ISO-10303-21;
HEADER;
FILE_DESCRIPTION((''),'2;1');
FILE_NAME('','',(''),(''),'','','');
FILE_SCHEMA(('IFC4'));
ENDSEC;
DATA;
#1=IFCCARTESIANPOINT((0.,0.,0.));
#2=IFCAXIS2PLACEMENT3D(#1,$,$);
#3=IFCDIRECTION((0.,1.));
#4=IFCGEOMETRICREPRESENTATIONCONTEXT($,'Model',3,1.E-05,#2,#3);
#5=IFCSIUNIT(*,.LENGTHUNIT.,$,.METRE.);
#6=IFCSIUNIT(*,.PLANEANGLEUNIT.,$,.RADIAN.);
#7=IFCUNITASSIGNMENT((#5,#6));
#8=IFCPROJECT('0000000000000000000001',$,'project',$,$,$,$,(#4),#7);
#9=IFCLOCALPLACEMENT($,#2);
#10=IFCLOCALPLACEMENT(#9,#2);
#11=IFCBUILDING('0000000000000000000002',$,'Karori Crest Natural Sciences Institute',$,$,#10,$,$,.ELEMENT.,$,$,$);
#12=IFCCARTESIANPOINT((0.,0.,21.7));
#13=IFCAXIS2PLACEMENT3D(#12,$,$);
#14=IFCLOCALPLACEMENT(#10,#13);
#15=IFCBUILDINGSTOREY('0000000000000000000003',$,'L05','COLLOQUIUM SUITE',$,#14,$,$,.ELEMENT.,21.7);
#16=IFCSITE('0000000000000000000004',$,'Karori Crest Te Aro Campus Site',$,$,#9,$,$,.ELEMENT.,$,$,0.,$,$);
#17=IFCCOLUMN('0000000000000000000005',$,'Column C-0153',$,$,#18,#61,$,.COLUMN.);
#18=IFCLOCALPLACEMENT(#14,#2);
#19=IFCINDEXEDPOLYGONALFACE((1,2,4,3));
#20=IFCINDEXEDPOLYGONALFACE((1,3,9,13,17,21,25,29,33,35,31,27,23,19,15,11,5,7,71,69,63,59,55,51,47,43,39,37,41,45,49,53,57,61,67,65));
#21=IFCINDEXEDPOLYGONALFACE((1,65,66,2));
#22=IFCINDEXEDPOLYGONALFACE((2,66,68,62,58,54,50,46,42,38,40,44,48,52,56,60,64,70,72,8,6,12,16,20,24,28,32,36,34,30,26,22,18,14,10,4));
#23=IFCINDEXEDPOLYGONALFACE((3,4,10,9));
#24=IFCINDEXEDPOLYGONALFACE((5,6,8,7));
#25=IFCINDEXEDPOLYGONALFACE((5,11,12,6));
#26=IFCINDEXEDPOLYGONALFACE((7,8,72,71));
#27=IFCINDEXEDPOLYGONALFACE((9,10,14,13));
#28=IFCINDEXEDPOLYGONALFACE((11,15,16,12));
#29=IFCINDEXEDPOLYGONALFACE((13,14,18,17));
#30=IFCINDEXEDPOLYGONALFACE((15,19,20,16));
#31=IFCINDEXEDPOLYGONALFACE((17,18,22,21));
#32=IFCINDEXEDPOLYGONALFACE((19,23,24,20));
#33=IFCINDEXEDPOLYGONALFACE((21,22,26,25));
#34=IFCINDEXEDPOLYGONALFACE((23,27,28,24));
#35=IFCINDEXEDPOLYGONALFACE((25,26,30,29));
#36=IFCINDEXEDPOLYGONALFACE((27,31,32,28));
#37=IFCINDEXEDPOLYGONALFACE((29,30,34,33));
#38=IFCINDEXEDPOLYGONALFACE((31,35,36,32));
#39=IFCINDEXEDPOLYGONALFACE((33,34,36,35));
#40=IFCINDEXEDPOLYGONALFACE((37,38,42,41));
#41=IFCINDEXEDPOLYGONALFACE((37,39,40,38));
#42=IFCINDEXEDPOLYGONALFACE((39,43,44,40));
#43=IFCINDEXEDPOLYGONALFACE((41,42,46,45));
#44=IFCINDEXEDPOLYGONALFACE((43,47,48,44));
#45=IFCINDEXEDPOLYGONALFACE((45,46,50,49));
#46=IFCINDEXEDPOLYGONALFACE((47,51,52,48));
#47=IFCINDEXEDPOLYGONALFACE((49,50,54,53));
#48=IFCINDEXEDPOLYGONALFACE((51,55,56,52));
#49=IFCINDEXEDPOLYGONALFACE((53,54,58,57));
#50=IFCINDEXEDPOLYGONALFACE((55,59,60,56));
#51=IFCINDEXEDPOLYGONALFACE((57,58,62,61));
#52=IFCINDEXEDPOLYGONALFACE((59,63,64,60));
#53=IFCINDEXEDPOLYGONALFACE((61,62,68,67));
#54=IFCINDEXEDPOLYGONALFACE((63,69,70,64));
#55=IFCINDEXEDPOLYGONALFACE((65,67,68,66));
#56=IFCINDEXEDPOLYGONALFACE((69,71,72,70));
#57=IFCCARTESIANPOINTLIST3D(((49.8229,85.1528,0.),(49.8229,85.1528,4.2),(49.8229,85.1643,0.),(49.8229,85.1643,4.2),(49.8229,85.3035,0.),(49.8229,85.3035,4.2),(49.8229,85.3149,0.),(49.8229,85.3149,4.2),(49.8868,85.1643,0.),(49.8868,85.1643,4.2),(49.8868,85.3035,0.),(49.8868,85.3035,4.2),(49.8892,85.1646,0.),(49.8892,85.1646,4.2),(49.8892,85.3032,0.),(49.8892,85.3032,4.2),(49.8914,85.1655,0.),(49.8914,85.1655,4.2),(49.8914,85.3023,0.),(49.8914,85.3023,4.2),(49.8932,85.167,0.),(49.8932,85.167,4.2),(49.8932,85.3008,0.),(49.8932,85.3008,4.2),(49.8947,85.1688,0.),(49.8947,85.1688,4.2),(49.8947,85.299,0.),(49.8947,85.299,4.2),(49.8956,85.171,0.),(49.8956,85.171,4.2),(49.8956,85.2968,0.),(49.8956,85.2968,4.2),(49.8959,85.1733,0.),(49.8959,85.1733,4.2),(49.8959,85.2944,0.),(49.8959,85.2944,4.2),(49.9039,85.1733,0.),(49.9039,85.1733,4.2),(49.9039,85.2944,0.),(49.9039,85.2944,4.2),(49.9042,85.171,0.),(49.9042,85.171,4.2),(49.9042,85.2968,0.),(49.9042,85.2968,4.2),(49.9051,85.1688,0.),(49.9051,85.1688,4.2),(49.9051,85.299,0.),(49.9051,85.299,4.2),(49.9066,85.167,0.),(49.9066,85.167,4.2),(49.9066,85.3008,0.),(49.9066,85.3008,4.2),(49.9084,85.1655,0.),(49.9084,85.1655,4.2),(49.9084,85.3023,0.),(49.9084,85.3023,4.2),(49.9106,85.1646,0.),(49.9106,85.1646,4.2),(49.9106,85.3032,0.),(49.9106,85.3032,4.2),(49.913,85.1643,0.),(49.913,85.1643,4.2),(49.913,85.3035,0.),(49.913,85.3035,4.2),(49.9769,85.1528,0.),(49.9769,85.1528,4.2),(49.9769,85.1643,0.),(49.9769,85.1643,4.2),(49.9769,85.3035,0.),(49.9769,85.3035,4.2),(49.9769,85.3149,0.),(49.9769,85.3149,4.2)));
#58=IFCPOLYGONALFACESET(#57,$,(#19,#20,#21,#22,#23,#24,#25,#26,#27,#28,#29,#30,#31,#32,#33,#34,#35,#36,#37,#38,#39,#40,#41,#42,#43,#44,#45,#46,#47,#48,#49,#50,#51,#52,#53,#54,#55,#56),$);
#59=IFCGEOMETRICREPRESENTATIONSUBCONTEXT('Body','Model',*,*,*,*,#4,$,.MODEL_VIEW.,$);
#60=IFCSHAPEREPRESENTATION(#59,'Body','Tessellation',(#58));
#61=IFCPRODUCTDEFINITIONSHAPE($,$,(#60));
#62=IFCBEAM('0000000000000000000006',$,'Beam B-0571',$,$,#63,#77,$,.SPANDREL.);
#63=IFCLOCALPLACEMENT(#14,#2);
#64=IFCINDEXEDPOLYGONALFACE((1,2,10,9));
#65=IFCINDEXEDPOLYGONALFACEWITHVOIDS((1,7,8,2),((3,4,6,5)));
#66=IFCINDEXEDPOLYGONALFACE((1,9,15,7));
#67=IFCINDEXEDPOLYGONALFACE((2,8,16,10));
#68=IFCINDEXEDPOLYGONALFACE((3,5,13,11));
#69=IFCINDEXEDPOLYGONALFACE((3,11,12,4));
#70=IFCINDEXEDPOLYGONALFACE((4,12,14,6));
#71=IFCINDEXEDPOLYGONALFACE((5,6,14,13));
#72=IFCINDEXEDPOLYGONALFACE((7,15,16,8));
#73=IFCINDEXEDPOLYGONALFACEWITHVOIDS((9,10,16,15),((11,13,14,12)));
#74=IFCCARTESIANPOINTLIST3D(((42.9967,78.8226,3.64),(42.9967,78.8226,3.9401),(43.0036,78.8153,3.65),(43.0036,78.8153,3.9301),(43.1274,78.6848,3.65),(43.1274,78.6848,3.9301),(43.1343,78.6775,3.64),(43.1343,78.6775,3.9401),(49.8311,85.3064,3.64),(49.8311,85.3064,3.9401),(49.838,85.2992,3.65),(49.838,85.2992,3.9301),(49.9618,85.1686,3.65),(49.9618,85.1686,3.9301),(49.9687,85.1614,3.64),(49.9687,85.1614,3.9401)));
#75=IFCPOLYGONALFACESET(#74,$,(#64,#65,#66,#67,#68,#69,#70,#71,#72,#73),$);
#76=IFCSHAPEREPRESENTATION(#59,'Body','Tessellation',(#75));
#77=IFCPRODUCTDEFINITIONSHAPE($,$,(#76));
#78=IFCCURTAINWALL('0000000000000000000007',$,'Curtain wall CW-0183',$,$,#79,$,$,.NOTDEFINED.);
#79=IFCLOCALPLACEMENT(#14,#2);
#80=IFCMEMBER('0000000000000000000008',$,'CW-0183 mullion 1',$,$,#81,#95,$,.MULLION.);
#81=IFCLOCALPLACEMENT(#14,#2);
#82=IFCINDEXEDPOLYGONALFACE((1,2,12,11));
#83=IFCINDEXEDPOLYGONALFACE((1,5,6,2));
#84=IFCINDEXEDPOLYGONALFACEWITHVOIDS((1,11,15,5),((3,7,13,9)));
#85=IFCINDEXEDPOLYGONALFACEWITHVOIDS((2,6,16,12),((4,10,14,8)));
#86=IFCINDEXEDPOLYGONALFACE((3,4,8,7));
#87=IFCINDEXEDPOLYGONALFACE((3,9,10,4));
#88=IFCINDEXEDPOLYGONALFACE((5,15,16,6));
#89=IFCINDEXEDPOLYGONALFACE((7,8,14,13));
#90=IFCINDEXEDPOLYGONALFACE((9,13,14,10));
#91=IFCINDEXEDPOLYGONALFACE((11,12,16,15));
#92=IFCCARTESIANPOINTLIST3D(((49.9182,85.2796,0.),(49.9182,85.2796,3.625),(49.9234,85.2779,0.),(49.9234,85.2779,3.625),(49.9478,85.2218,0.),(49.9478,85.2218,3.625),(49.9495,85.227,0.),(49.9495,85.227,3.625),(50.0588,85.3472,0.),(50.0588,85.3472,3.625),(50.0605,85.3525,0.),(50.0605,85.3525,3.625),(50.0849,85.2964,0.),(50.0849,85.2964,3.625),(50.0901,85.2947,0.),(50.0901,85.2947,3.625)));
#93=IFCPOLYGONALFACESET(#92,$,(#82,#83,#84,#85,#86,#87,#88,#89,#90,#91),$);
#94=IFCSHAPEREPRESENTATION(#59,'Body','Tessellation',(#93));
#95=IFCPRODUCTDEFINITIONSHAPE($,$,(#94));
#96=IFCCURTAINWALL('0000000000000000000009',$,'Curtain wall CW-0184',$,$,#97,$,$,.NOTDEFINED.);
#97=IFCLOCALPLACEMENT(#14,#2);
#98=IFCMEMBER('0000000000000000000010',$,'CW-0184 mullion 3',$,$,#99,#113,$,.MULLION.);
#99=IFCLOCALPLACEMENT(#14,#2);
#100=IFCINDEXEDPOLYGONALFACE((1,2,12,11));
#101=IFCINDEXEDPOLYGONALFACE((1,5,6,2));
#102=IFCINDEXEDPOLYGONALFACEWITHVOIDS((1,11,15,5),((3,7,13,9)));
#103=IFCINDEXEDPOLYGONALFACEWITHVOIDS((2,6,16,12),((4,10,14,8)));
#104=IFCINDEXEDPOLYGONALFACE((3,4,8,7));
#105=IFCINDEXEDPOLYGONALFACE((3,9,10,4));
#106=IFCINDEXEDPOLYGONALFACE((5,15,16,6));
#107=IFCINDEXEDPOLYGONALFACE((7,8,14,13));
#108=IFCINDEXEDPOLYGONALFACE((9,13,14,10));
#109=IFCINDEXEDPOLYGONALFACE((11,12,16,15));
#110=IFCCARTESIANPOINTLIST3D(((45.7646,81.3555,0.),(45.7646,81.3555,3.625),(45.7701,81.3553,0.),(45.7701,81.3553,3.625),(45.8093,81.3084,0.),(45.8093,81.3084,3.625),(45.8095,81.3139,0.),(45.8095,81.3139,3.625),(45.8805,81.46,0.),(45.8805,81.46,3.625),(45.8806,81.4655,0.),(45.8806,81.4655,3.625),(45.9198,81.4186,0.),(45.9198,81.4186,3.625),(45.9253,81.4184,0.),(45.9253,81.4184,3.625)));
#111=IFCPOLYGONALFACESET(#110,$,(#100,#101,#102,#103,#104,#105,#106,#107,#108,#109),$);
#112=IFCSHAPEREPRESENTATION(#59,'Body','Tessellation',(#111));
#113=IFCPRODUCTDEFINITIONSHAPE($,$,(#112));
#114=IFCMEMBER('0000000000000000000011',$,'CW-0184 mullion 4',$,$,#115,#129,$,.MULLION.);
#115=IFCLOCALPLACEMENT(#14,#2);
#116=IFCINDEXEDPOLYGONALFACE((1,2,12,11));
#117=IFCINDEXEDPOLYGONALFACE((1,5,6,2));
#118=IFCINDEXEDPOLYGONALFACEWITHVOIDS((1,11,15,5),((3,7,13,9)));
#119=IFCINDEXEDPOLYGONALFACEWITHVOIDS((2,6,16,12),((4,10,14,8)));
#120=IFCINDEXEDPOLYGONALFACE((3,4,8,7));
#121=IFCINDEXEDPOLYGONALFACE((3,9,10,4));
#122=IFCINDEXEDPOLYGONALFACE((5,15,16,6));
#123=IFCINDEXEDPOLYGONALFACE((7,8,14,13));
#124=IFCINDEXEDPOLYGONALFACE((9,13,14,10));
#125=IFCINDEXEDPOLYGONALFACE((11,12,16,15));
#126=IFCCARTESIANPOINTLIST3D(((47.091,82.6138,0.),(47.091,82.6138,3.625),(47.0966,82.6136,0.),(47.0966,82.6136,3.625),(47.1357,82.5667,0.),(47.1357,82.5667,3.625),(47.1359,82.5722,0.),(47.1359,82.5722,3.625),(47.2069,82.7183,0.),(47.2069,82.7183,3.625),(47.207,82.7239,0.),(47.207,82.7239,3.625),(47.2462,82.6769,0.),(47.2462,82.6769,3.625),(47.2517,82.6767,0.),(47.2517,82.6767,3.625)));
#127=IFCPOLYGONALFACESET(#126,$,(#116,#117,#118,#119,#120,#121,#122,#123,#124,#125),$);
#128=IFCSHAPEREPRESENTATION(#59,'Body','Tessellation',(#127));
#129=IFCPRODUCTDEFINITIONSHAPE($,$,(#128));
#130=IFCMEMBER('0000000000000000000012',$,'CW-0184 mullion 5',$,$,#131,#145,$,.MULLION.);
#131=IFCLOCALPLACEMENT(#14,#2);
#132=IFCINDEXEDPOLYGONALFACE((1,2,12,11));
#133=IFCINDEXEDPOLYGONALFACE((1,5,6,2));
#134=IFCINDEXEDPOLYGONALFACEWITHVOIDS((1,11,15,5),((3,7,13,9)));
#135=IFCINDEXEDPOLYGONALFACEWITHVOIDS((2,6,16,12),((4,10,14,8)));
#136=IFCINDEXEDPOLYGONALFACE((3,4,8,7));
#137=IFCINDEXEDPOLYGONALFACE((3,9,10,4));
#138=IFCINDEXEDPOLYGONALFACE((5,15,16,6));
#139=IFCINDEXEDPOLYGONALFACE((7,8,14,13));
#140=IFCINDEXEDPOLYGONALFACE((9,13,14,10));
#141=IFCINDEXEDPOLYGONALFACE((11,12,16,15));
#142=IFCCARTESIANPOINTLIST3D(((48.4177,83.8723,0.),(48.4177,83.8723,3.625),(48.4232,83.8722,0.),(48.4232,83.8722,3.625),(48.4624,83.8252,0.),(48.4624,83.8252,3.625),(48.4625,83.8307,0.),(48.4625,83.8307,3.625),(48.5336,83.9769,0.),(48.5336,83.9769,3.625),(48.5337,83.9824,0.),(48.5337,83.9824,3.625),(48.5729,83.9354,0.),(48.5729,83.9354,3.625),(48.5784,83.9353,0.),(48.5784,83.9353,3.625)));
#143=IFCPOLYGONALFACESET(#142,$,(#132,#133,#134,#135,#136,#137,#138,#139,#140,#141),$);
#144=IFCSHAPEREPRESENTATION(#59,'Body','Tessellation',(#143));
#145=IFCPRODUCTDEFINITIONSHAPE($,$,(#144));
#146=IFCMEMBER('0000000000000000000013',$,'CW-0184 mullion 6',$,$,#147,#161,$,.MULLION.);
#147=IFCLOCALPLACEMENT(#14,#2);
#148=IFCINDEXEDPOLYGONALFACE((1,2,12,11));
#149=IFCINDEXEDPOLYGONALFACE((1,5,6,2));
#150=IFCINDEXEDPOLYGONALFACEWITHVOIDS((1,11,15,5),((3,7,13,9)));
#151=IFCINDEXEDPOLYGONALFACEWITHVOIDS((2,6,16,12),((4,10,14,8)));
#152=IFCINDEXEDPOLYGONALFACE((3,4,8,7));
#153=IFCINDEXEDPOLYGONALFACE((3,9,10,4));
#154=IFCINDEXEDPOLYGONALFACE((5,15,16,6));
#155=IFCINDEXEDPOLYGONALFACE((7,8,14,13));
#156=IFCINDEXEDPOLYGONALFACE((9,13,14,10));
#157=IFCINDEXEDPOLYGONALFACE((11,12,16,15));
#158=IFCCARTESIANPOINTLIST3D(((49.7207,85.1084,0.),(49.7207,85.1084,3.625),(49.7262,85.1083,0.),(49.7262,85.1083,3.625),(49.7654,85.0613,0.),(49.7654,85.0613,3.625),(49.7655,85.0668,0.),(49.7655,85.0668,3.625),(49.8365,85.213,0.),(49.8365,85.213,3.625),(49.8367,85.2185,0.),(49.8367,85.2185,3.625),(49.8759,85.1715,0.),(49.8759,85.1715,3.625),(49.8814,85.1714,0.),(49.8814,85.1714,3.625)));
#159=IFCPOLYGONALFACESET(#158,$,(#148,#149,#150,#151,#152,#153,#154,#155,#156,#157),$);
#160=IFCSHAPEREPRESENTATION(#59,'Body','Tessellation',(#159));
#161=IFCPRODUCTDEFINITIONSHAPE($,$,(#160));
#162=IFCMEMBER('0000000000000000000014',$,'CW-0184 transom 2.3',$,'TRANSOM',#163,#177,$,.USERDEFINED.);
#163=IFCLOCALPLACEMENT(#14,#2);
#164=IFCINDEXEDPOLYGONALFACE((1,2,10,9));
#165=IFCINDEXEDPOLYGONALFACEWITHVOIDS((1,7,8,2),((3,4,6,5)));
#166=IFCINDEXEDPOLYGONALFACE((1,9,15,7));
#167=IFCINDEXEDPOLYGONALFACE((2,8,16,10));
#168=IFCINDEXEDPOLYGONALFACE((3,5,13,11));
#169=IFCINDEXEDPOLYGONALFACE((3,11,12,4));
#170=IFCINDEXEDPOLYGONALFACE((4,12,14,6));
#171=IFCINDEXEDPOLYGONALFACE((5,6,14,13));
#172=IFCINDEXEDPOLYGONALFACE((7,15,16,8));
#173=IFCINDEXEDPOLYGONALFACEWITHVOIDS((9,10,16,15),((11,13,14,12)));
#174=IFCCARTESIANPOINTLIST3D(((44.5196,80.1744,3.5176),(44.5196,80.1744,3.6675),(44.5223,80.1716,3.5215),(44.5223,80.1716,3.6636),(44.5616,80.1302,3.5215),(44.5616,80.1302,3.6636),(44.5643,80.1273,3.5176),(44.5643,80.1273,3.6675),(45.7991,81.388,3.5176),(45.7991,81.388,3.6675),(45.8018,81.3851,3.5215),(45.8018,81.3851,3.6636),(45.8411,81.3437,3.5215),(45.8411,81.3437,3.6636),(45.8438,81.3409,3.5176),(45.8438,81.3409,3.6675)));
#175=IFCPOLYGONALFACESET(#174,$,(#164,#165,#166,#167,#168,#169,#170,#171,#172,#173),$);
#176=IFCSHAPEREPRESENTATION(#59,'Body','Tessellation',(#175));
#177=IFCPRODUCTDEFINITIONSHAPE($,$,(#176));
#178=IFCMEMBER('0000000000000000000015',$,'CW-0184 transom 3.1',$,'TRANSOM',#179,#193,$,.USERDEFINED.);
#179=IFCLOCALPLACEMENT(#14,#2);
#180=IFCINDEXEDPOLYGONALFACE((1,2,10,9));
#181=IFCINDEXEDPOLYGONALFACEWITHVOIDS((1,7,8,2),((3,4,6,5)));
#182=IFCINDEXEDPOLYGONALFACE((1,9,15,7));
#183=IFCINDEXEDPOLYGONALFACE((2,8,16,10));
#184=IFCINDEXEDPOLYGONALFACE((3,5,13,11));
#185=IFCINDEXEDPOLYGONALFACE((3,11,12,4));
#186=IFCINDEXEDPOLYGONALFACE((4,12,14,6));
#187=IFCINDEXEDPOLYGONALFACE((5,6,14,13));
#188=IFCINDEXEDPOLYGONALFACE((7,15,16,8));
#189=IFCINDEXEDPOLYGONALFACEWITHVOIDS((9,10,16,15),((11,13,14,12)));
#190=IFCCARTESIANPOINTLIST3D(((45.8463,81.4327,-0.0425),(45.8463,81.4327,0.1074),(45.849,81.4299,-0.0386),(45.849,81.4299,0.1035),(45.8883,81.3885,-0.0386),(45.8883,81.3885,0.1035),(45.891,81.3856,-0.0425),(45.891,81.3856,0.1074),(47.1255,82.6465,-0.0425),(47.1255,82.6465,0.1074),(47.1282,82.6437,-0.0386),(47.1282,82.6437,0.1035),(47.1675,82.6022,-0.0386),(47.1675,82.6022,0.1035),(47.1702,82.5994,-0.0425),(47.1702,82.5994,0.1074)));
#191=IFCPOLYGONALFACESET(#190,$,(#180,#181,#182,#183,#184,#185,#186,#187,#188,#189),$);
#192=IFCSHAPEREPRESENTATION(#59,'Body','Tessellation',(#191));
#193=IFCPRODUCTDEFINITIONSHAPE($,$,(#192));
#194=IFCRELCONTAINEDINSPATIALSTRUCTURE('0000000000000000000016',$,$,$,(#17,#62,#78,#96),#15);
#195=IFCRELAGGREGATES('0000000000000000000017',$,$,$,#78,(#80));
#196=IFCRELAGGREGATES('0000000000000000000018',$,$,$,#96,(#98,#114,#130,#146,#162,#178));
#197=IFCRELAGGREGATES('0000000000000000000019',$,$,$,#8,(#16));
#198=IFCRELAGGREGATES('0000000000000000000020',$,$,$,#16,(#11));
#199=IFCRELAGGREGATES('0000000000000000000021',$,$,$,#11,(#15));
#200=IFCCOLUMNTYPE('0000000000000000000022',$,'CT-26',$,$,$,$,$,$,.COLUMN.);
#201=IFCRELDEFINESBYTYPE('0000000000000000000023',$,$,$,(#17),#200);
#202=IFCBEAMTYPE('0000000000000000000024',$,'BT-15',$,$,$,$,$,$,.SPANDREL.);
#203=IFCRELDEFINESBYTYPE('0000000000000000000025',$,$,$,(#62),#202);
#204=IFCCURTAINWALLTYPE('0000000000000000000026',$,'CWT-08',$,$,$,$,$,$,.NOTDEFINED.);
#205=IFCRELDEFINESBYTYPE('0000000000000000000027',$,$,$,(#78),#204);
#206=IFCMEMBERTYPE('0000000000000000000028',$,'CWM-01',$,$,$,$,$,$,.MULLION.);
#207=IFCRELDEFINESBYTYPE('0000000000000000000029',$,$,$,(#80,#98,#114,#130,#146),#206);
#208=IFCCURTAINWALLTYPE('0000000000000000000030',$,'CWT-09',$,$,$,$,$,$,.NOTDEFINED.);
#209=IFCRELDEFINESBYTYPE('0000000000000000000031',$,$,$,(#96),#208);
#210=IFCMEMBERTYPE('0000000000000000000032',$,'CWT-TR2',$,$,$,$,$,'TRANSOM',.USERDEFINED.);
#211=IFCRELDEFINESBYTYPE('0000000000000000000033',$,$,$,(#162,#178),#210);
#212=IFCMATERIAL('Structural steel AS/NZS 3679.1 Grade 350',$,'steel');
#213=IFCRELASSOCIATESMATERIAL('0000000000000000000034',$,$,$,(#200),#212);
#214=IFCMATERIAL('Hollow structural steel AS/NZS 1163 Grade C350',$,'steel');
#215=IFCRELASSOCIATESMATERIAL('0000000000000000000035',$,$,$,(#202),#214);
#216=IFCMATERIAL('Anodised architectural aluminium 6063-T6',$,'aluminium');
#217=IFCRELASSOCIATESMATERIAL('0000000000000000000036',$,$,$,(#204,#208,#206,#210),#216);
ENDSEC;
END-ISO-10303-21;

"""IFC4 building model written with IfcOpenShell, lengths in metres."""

from ifc_helpers import new_model, si_unit, direction, frame, origin, origin_2d, place, context, subcontext, project, spatial, hollow_rectangle, i_section, extrude, material, material_profile, profile_set, type_object, element, aggregate, save


model = new_model("IFC4")

# Units and contexts
model_context = context("Model", 3, precision=1e-05, world=origin(), true_north=direction((0.0, 1.0)))
body_context = subcontext(model_context, "Body", "Model", "MODEL_VIEW")
ifc_project = project(units=[si_unit("LENGTHUNIT", "METRE"), si_unit("PLANEANGLEUNIT", "RADIAN")], contexts=[model_context])

# Site, building, storey
site_placement = place(None, origin())
site = spatial("IfcSite", under=ifc_project, at=site_placement, Name="Karori Crest Te Aro Campus Site", CompositionType="ELEMENT", RefElevation=0.0)
building_placement = place(site_placement, origin())
building = spatial("IfcBuilding", under=site, at=building_placement, Name="Karori Crest Natural Sciences Institute", CompositionType="ELEMENT")
storey_placement = place(building_placement, frame((0.0, 0.0, 21.7)))
storey = spatial("IfcBuildingStorey", under=building, at=storey_placement, Name="L05", Description="COLLOQUIUM SUITE", CompositionType="ELEMENT", Elevation=21.7)

# Column
ifc_material_1 = material(Name="Structural steel AS/NZS 3679.1 Grade 350", Category="steel")
ifc_material_profile_1 = material_profile(ifc_material_1, i_section(OverallWidth=0.1541, OverallDepth=0.1621, WebThickness=0.0081, FlangeThickness=0.0115, FilletRadius=0.009, at=origin_2d()), Name="150UC37.2")
ifc_profile_set_1 = profile_set([ifc_material_profile_1], Name="Structural steel AS/NZS 3679.1 Grade 350")
column_type = type_object("IfcColumnType", Name="CT-26", PredefinedType="COLUMN", material=ifc_profile_set_1)
column_placement = place(storey_placement, frame((49.8999, 85.2339, 0.0), z_axis=(0.0, 0.0, 1.0), x_axis=(1.0, 0.0, 0.0)))
element("IfcColumn", 1, at=column_placement, inside=storey, type_object=column_type, Name="Column C-0153", PredefinedType="COLUMN", context=body_context, shape_type="SweptSolid", body=[
    extrude(i_section(OverallWidth=0.1541, OverallDepth=0.1621, WebThickness=0.0081, FlangeThickness=0.0115, FilletRadius=0.009, at=origin_2d()), origin(), (0.0, 0.0, 1.0), 4.2),
])

# Beam
ifc_material_2 = material(Name="Hollow structural steel AS/NZS 1163 Grade C350", Category="steel")
ifc_material_profile_2 = material_profile(ifc_material_2, hollow_rectangle(XDim=0.2, YDim=0.3, WallThickness=0.01, at=origin_2d()), Name="RHS300x200x10")
ifc_profile_set_2 = profile_set([ifc_material_profile_2], Name="Hollow structural steel AS/NZS 1163 Grade C350")
beam_type = type_object("IfcBeamType", Name="BT-15", PredefinedType="SPANDREL", material=ifc_profile_set_2)
beam_placement = place(storey_placement, frame((49.8999, 85.2339, 3.79), z_axis=(-0.725469, -0.688255, 0.0), x_axis=(0.688255, -0.725469, 0.0)))
element("IfcBeam", 2, at=beam_placement, inside=storey, type_object=beam_type, Name="Beam B-0571", PredefinedType="SPANDREL", context=body_context, shape_type="SweptSolid", body=[
    extrude(hollow_rectangle(XDim=0.2, YDim=0.3, WallThickness=0.01, at=origin_2d()), origin(), (0.0, 0.0, 1.0), 9.4207),
])

# Curtain wall, member
ifc_material_3 = material(Name="Anodised architectural aluminium 6063-T6", Category="aluminium")
curtain_wall_type_1 = type_object("IfcCurtainWallType", Name="CWT-08", PredefinedType="NOTDEFINED", material=ifc_material_3)
curtain_wall_1_placement = place(storey_placement, origin())
curtain_wall_1 = element("IfcCurtainWall", 3, at=curtain_wall_1_placement, inside=storey, type_object=curtain_wall_type_1, Name="Curtain wall CW-0183", PredefinedType="NOTDEFINED")
ifc_material_profile_3 = material_profile(ifc_material_3, hollow_rectangle(XDim=0.0649, YDim=0.1599, WallThickness=0.0039, at=origin_2d()), Name="CWM160x65x4")
ifc_profile_set_3 = profile_set([ifc_material_profile_3], Name="Anodised architectural aluminium 6063-T6")
member_type_1 = type_object("IfcMemberType", Name="CWM-01", PredefinedType="MULLION", material=ifc_profile_set_3)
member_1_placement = place(storey_placement, frame((50.0042, 85.2871, 0.0), z_axis=(0.0, 0.0, 1.0), x_axis=(-0.455829, 0.890067, 0.0)))
member_1 = element("IfcMember", 4, at=member_1_placement, type_object=member_type_1, Name="CW-0183 mullion 1", PredefinedType="MULLION", context=body_context, shape_type="SweptSolid", body=[
    extrude(hollow_rectangle(XDim=0.0649, YDim=0.1599, WallThickness=0.0039, at=origin_2d()), origin(), (0.0, 0.0, 1.0), 3.625),
])
aggregate(curtain_wall_1, [member_1])

# Curtain wall, members
curtain_wall_type_2 = type_object("IfcCurtainWallType", Name="CWT-09", PredefinedType="NOTDEFINED", material=ifc_material_3)
curtain_wall_2_placement = place(storey_placement, origin())
curtain_wall_2 = element("IfcCurtainWall", 5, at=curtain_wall_2_placement, inside=storey, type_object=curtain_wall_type_2, Name="Curtain wall CW-0184", PredefinedType="NOTDEFINED")
member_2_placement = place(storey_placement, frame((45.845, 81.387, 0.0), z_axis=(0.0, 0.0, 1.0), x_axis=(-0.688251, 0.725473, 0.0)))
member_2 = element("IfcMember", 6, at=member_2_placement, type_object=member_type_1, Name="CW-0184 mullion 3", PredefinedType="MULLION", context=body_context, shape_type="SweptSolid", body=[
    extrude(hollow_rectangle(XDim=0.0649, YDim=0.1599, WallThickness=0.0039, at=origin_2d()), origin(), (0.0, 0.0, 1.0), 3.625),
])
member_3_placement = place(storey_placement, frame((47.1714, 82.6453, 0.0), z_axis=(0.0, 0.0, 1.0), x_axis=(-0.688251, 0.725473, 0.0)))
member_3 = element("IfcMember", 7, at=member_3_placement, type_object=member_type_1, Name="CW-0184 mullion 4", PredefinedType="MULLION", context=body_context, shape_type="SweptSolid", body=[
    extrude(hollow_rectangle(XDim=0.0649, YDim=0.1599, WallThickness=0.0039, at=origin_2d()), origin(), (0.0, 0.0, 1.0), 3.625),
])
member_4_placement = place(storey_placement, frame((48.498, 83.9038, 0.0), z_axis=(0.0, 0.0, 1.0), x_axis=(-0.688251, 0.725473, 0.0)))
member_4 = element("IfcMember", 8, at=member_4_placement, type_object=member_type_1, Name="CW-0184 mullion 5", PredefinedType="MULLION", context=body_context, shape_type="SweptSolid", body=[
    extrude(hollow_rectangle(XDim=0.0649, YDim=0.1599, WallThickness=0.0039, at=origin_2d()), origin(), (0.0, 0.0, 1.0), 3.625),
])
member_5_placement = place(storey_placement, frame((49.801, 85.1399, 0.0), z_axis=(0.0, 0.0, 1.0), x_axis=(-0.688251, 0.725473, 0.0)))
member_5 = element("IfcMember", 9, at=member_5_placement, type_object=member_type_1, Name="CW-0184 mullion 6", PredefinedType="MULLION", context=body_context, shape_type="SweptSolid", body=[
    extrude(hollow_rectangle(XDim=0.0649, YDim=0.1599, WallThickness=0.0039, at=origin_2d()), origin(), (0.0, 0.0, 1.0), 3.625),
])
ifc_material_profile_4 = material_profile(ifc_material_3, hollow_rectangle(XDim=0.0649, YDim=0.1499, WallThickness=0.0039, at=origin_2d()), Name="CWT150x65x4")
ifc_profile_set_4 = profile_set([ifc_material_profile_4], Name="Anodised architectural aluminium 6063-T6")
member_type_2 = type_object("IfcMemberType", Name="CWT-TR2", ElementType="TRANSOM", PredefinedType="USERDEFINED", material=ifc_profile_set_4)
member_6_placement = place(storey_placement, frame((44.542, 80.1509, 3.5925), z_axis=(0.725549, 0.688171, 0.0), x_axis=(-0.688171, 0.725549, 0.0)))
member_6 = element("IfcMember", 10, at=member_6_placement, type_object=member_type_2, Name="CW-0184 transom 2.3", ObjectType="TRANSOM", PredefinedType="USERDEFINED", context=body_context, shape_type="SweptSolid", body=[
    extrude(hollow_rectangle(XDim=0.0649, YDim=0.1499, WallThickness=0.0039, at=origin_2d()), origin(), (0.0, 0.0, 1.0), 1.7634),
])
member_7_placement = place(storey_placement, frame((45.8687, 81.4092, 0.0325), z_axis=(0.725414, 0.688313, 0.0), x_axis=(-0.688313, 0.725414, 0.0)))
member_7 = element("IfcMember", 11, at=member_7_placement, type_object=member_type_2, Name="CW-0184 transom 3.1", ObjectType="TRANSOM", PredefinedType="USERDEFINED", context=body_context, shape_type="SweptSolid", body=[
    extrude(hollow_rectangle(XDim=0.0649, YDim=0.1499, WallThickness=0.0039, at=origin_2d()), origin(), (0.0, 0.0, 1.0), 1.7634),
])
aggregate(curtain_wall_2, [member_2, member_3, member_4, member_5, member_6, member_7])

save(model, "model.ifc")
